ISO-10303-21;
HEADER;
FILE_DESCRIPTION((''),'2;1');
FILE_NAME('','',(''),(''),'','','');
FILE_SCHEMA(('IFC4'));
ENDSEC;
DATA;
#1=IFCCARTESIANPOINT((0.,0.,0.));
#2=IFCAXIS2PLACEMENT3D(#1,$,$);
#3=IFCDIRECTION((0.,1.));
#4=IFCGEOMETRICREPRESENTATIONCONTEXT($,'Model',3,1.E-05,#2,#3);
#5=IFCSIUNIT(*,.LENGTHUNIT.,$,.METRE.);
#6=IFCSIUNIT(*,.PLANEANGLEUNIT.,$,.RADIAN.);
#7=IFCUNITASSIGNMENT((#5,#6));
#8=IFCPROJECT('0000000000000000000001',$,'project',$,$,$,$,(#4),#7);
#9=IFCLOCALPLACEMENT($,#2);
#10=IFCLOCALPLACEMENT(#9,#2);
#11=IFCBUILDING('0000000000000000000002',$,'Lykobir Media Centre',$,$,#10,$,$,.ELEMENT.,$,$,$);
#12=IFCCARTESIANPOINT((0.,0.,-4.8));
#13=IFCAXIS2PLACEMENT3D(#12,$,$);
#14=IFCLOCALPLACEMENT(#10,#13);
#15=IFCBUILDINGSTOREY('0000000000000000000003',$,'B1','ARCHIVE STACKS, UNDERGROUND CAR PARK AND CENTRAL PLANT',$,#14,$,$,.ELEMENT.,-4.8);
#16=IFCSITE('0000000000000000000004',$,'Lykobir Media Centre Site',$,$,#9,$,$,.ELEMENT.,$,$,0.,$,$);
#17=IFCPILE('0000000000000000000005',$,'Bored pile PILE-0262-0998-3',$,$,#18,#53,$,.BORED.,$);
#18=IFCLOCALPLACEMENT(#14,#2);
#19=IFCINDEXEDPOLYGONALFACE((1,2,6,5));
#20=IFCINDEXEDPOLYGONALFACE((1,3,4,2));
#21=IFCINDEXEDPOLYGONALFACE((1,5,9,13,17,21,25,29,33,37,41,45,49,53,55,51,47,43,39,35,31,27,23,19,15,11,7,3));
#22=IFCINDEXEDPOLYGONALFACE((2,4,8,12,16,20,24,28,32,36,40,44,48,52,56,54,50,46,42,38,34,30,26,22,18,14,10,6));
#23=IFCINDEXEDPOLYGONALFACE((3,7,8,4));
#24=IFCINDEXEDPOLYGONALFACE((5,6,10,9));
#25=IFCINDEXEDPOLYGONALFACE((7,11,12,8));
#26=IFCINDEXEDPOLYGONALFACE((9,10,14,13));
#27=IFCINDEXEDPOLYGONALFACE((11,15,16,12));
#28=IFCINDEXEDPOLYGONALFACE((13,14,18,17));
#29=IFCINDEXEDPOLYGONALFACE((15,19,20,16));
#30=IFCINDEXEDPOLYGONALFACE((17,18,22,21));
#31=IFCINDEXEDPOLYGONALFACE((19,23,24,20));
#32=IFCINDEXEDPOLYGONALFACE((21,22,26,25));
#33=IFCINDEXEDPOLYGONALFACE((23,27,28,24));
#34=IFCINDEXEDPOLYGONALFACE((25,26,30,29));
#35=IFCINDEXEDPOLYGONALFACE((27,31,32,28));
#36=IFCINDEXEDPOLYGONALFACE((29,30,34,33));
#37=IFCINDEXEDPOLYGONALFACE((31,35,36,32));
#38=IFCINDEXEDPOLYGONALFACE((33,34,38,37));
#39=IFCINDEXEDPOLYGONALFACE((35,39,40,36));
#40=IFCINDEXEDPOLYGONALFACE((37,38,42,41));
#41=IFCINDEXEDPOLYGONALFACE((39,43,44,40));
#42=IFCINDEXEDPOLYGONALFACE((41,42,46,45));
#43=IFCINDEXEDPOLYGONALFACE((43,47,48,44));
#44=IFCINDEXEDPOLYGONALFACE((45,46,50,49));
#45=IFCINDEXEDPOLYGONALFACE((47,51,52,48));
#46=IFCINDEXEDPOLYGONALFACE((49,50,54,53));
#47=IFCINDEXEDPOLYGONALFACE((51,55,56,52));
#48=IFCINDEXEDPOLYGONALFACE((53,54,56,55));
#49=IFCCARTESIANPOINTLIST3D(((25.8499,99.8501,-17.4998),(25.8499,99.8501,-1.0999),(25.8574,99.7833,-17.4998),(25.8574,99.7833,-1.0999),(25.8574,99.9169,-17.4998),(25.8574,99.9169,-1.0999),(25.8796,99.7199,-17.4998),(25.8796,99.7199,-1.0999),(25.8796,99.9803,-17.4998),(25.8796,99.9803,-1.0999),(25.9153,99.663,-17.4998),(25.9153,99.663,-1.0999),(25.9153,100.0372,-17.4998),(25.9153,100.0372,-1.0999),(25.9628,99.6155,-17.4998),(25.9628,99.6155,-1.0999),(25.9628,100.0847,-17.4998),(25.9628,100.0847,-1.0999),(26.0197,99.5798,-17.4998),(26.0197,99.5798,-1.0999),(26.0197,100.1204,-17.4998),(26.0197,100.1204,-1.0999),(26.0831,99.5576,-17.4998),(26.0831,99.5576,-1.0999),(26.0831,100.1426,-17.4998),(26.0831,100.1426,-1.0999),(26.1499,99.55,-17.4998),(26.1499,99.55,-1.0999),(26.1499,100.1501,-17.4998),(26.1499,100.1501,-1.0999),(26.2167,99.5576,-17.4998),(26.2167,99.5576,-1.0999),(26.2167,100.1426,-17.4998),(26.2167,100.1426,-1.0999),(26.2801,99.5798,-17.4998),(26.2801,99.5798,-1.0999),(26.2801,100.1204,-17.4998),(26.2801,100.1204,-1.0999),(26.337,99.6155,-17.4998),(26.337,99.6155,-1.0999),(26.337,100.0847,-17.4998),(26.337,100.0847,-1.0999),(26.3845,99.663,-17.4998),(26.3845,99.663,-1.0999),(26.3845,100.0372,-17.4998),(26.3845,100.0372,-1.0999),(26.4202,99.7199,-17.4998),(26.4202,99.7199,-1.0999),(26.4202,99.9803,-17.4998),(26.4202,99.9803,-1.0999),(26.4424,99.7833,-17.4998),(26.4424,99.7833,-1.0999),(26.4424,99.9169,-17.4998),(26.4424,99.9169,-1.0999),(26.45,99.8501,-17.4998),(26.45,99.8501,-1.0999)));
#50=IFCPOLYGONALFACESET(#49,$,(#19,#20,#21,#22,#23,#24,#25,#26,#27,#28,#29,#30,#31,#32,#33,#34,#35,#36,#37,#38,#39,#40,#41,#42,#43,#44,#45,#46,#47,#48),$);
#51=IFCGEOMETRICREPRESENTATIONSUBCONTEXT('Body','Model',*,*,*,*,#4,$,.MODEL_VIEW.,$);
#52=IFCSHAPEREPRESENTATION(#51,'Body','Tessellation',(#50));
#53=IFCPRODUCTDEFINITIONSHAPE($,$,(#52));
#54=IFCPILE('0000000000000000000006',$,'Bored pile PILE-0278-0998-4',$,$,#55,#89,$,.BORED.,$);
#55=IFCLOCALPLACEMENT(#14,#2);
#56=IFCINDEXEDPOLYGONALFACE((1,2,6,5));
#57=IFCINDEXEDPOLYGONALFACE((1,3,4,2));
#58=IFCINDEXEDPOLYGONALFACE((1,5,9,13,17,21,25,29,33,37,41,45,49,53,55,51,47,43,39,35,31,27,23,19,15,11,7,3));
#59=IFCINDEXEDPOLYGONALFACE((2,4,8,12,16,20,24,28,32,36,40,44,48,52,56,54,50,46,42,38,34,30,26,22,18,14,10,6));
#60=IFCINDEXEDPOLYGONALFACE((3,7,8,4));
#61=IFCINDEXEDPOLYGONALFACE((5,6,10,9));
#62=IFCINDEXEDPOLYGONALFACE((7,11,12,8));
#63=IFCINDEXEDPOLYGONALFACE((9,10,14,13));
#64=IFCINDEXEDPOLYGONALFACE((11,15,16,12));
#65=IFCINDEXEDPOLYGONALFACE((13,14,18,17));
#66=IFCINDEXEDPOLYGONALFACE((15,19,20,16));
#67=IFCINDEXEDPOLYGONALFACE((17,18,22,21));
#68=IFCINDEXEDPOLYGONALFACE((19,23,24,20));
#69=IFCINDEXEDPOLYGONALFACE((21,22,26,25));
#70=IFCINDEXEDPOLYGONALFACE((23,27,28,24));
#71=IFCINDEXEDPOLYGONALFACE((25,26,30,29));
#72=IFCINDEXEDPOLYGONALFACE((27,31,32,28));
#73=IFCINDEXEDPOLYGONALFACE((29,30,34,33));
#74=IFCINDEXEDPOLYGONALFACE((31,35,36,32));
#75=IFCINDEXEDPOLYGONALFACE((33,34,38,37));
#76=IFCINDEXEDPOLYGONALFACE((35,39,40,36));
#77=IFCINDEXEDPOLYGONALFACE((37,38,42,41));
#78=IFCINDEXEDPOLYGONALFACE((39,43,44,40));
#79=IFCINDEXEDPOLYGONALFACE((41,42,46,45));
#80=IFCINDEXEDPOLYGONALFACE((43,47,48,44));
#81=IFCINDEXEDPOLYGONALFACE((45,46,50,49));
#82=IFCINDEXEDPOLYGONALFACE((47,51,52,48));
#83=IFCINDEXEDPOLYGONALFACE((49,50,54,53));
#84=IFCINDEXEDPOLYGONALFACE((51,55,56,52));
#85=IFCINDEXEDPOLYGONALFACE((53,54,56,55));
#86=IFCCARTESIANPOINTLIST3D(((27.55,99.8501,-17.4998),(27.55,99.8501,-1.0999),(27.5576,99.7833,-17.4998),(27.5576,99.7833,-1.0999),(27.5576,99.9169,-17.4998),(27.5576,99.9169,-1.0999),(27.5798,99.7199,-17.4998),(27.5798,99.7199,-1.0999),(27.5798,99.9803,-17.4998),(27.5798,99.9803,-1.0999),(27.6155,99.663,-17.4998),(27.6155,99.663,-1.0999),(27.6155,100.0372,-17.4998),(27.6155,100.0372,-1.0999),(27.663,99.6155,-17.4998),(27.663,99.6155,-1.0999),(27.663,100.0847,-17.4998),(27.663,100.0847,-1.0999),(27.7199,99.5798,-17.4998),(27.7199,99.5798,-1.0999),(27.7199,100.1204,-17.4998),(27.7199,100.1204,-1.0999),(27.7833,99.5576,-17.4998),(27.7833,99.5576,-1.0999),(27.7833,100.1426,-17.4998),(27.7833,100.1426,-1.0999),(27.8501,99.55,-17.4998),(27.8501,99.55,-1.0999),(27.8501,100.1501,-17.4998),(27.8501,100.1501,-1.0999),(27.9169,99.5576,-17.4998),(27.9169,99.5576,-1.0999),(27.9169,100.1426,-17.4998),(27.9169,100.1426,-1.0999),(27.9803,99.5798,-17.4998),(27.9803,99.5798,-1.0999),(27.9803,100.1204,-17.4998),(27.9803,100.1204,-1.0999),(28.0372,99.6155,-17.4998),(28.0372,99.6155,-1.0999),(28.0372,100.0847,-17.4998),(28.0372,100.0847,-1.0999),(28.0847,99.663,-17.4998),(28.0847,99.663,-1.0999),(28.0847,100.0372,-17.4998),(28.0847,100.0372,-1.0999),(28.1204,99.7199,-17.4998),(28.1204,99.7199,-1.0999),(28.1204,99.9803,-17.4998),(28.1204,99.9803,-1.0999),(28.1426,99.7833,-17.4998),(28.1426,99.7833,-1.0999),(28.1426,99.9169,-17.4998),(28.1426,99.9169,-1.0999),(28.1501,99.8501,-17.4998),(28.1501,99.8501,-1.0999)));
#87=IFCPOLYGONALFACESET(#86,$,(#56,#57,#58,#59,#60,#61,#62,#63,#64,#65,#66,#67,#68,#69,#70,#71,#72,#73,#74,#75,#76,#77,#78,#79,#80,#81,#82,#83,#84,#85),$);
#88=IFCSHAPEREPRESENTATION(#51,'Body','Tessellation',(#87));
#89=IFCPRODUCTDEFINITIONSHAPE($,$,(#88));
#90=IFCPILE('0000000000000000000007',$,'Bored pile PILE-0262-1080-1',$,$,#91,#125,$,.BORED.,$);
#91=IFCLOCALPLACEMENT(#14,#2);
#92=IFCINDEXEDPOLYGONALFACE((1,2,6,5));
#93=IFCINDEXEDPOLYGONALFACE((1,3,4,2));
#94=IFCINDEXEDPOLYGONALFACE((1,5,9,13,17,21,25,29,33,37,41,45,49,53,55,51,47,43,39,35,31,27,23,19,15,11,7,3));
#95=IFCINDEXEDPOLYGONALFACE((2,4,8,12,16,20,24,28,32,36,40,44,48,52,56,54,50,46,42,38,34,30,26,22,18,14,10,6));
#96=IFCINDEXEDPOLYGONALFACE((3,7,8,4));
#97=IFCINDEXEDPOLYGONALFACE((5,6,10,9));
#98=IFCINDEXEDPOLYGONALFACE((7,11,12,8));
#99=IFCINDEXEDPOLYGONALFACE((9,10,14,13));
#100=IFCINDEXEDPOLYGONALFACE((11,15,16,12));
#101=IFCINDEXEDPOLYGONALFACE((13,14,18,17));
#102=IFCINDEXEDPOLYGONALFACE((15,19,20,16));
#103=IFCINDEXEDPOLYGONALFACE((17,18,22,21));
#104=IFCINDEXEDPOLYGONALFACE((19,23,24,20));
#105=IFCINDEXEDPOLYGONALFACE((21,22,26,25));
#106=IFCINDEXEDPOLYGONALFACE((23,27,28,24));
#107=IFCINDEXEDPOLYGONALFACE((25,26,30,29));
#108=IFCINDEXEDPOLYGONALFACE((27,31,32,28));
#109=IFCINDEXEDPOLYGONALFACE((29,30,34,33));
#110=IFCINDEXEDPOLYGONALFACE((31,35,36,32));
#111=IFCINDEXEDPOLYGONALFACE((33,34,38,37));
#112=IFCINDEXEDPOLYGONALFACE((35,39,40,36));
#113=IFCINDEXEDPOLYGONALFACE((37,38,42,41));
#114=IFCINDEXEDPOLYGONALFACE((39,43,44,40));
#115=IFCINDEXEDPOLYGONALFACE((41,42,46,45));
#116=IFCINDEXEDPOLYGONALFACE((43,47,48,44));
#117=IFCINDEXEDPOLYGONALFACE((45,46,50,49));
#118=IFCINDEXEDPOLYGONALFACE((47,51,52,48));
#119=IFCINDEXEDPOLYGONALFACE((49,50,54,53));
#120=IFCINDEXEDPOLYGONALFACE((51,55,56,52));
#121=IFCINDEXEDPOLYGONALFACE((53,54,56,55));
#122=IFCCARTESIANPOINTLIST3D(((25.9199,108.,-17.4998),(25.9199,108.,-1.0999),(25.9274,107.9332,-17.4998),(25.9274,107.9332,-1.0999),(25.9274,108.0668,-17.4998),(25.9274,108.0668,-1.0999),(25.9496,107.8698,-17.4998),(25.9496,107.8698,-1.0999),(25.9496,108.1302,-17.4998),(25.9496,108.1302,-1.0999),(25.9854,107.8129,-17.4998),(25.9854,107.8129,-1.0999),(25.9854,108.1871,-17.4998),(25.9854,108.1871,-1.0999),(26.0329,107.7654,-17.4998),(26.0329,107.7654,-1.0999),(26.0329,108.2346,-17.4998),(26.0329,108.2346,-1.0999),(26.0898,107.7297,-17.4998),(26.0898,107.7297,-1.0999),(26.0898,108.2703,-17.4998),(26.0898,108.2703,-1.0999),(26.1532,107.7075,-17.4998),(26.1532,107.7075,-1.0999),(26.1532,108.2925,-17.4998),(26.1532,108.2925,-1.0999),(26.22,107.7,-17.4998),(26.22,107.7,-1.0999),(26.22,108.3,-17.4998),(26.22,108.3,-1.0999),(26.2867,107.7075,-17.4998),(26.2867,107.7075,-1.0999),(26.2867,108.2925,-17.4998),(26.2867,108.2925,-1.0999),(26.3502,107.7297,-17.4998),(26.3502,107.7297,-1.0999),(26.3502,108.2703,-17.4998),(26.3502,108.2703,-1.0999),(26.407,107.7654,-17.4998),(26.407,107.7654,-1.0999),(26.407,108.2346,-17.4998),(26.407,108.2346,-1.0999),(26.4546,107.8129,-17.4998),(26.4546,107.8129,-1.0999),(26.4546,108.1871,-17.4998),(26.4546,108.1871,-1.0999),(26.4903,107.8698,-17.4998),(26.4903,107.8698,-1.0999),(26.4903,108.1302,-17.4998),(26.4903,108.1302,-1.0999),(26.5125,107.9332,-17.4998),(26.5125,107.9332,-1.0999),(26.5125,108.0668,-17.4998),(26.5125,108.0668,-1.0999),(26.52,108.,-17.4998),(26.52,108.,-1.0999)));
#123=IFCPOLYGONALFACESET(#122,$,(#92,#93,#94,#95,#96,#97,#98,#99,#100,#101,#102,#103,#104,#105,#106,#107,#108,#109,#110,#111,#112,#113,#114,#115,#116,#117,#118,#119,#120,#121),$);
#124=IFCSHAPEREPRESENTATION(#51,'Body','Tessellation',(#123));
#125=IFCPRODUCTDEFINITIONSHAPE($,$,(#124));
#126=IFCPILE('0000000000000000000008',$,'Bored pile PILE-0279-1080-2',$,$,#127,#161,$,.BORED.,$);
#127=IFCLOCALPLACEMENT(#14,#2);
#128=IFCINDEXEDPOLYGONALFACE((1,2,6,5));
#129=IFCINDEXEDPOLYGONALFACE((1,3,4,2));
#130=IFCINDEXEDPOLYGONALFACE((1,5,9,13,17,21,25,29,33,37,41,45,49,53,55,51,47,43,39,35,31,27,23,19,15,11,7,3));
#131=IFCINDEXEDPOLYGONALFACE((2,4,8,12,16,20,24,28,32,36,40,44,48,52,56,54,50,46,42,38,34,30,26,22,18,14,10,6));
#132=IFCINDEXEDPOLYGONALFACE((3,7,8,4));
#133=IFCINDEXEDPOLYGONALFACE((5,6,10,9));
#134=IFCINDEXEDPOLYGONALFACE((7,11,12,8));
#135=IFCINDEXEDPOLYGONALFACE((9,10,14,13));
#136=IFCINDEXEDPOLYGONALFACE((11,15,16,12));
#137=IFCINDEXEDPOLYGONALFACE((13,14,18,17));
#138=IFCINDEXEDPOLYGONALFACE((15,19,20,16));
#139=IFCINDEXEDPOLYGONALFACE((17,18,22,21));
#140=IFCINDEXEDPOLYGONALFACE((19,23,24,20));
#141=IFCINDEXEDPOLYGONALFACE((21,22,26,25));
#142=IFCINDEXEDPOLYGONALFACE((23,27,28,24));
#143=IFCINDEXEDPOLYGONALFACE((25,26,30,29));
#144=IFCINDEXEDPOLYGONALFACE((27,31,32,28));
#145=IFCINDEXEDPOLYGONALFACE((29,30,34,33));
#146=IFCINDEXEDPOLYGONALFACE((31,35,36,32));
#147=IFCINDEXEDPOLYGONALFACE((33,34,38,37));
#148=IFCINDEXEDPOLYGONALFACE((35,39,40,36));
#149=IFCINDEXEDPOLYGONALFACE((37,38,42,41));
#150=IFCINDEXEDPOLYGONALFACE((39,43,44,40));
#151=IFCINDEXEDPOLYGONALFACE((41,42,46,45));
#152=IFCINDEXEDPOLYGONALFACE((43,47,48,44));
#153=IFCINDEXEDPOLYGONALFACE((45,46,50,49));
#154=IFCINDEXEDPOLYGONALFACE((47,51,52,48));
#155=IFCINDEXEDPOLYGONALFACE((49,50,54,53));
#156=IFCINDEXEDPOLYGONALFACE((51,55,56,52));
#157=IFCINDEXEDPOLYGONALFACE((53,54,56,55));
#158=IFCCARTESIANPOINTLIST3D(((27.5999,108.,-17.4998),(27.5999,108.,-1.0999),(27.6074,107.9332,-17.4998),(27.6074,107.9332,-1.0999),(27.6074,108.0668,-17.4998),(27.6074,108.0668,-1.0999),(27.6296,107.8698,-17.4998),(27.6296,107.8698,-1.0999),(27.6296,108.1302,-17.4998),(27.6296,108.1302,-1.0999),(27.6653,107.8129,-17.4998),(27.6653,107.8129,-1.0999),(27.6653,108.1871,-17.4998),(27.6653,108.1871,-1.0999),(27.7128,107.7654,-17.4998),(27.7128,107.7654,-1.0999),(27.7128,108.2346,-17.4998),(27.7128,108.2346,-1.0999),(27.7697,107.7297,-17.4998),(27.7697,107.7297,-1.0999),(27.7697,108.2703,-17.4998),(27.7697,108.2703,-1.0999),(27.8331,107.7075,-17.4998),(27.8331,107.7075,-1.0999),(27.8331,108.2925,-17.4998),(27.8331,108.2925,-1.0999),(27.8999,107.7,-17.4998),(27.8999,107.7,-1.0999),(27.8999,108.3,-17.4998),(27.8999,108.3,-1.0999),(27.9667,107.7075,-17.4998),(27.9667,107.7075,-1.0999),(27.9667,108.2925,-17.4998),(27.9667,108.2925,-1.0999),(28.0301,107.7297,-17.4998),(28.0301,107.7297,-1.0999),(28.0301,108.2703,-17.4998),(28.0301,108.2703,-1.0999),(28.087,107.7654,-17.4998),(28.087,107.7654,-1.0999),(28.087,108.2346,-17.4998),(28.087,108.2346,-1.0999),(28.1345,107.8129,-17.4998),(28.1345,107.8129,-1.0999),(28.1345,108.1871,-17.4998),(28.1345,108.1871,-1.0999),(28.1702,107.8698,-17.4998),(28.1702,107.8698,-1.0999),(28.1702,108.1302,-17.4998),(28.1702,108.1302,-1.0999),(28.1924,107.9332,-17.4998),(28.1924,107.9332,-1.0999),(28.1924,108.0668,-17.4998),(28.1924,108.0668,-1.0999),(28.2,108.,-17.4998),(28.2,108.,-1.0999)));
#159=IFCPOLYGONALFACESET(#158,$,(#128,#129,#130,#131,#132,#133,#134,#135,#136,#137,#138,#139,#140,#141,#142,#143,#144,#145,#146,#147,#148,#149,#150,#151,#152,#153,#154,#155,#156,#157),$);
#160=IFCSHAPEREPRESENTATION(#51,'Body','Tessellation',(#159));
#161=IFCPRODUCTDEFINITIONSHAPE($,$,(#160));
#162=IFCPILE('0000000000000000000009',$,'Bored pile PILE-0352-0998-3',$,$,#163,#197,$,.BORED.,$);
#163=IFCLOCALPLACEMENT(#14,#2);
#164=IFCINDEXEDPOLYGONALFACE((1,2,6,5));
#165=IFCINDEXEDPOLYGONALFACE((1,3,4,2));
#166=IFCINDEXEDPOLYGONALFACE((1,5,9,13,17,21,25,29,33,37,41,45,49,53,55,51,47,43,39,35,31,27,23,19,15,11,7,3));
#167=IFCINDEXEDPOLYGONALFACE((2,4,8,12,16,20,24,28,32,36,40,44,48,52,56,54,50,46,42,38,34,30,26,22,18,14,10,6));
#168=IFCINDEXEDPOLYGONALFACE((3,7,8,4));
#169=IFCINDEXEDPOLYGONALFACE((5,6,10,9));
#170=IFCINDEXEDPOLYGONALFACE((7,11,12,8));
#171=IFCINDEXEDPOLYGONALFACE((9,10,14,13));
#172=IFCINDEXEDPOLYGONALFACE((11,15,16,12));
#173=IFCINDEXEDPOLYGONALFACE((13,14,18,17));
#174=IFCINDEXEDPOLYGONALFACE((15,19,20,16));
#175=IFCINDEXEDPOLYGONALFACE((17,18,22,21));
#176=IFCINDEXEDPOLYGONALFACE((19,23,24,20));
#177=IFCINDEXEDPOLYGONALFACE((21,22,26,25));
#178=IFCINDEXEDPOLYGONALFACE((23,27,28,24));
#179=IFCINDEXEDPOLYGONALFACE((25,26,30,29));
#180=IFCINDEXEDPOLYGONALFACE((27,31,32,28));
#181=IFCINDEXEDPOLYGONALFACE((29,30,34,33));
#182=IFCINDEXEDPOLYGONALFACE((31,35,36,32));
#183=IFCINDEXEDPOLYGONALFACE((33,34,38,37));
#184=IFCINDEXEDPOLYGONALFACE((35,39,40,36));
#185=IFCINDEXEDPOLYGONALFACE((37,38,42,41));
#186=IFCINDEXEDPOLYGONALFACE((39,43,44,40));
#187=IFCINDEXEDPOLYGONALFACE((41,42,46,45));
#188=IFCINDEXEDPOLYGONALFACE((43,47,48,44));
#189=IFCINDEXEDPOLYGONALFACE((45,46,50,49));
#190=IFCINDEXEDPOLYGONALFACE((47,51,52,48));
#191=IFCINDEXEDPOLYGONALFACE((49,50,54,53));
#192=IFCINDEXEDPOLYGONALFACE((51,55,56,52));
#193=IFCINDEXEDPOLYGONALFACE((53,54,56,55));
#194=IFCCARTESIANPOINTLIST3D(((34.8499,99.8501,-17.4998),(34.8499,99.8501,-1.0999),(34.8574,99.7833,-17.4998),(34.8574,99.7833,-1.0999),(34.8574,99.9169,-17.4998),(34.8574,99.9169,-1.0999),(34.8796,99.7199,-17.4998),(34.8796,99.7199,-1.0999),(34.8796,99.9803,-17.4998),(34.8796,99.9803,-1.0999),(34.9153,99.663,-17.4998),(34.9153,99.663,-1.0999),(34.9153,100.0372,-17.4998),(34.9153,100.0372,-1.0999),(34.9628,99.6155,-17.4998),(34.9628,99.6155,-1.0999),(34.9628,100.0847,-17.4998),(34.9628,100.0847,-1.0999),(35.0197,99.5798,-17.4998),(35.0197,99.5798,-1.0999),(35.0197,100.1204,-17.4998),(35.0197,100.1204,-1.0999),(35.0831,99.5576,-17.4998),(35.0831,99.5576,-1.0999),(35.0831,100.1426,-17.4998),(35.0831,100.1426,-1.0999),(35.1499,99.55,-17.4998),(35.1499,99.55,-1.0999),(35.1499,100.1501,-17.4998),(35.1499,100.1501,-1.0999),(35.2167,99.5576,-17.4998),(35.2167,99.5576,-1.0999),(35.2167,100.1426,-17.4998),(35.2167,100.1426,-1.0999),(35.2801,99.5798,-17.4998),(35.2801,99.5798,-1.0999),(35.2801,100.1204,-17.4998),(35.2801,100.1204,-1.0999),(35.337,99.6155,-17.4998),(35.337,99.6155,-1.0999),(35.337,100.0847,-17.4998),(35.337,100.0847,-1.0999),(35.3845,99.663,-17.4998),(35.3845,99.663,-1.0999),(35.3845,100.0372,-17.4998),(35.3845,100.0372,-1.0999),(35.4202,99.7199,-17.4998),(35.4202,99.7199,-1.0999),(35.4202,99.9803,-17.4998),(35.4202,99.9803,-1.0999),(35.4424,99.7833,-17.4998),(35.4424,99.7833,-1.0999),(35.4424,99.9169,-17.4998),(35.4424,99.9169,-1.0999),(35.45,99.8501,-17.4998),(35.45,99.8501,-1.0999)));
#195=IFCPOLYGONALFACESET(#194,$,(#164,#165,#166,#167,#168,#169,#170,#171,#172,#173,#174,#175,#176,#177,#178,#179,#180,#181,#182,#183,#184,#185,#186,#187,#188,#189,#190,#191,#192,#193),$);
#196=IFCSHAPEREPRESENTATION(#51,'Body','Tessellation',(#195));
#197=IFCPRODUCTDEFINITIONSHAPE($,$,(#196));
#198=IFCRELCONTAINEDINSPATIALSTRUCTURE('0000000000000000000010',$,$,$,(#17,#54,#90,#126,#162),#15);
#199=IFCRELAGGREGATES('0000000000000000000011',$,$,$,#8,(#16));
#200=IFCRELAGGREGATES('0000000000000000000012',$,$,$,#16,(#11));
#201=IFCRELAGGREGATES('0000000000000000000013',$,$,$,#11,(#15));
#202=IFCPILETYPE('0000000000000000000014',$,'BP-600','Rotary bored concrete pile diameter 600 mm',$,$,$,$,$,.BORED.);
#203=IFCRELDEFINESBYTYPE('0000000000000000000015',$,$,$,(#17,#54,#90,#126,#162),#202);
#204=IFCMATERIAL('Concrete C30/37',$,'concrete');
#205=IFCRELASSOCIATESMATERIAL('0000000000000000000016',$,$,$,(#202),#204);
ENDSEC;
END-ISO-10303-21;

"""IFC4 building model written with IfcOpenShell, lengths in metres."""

from ifc_helpers import new_model, si_unit, direction, frame, origin, origin_2d, place, context, subcontext, project, spatial, circle, extrude, material, material_profile, profile_set, type_object, element, save


model = new_model("IFC4")

# Units and contexts
model_context = context("Model", 3, precision=1e-05, world=origin(), true_north=direction((0.0, 1.0)))
body_context = subcontext(model_context, "Body", "Model", "MODEL_VIEW")
ifc_project = project(units=[si_unit("LENGTHUNIT", "METRE"), si_unit("PLANEANGLEUNIT", "RADIAN")], contexts=[model_context])

# Site, building, storey
site_placement = place(None, origin())
site = spatial("IfcSite", under=ifc_project, at=site_placement, Name="Lykobir Media Centre Site", CompositionType="ELEMENT", RefElevation=0.0)
building_placement = place(site_placement, origin())
building = spatial("IfcBuilding", under=site, at=building_placement, Name="Lykobir Media Centre", CompositionType="ELEMENT")
storey_placement = place(building_placement, frame((0.0, 0.0, -4.8)))
storey = spatial("IfcBuildingStorey", under=building, at=storey_placement, Name="B1", Description="ARCHIVE STACKS, UNDERGROUND CAR PARK AND CENTRAL PLANT", CompositionType="ELEMENT", Elevation=-4.8)

# Piles
ifc_material_1 = material(Name="Concrete C30/37", Category="concrete")
ifc_material_profile_1 = material_profile(ifc_material_1, circle(Radius=0.3, at=origin_2d()), Name="BORED PILE D600")
ifc_profile_set_1 = profile_set([ifc_material_profile_1], Name="Concrete C30/37")
pile_type = type_object("IfcPileType", Name="BP-600", Description="Rotary bored concrete pile diameter 600 mm", PredefinedType="BORED", material=ifc_profile_set_1)
for number, where, z_axis, x_axis, name in (
    (1, (26.1499, 99.8501, -1.0999), (0.0, 0.0, -1.0), (1.0, 0.0, 0.0), "Bored pile PILE-0262-0998-3"),
    (2, (27.8501, 99.8501, -1.0999), (0.0, 0.0, -1.0), (1.0, 0.0, 0.0), "Bored pile PILE-0278-0998-4"),
    (3, (26.22, 108.0, -1.0999), (0.0, 0.0, -1.0), (1.0, 0.0, 0.0), "Bored pile PILE-0262-1080-1"),
    (4, (27.8999, 108.0, -1.0999), (0.0, 0.0, -1.0), (1.0, 0.0, 0.0), "Bored pile PILE-0279-1080-2"),
    (5, (35.1499, 99.8501, -1.0999), (0.0, 0.0, -1.0), (1.0, 0.0, 0.0), "Bored pile PILE-0352-0998-3"),
):
    element("IfcPile", number, at=place(storey_placement, frame(where, z_axis=z_axis, x_axis=x_axis)), inside=storey, type_object=pile_type, Name=name, PredefinedType="BORED", context=body_context, shape_type="SweptSolid", body=[
        extrude(circle(Radius=0.3, at=origin_2d()), origin(), (0.0, 0.0, 1.0), 16.3999),
    ])

save(model, "model.ifc")
